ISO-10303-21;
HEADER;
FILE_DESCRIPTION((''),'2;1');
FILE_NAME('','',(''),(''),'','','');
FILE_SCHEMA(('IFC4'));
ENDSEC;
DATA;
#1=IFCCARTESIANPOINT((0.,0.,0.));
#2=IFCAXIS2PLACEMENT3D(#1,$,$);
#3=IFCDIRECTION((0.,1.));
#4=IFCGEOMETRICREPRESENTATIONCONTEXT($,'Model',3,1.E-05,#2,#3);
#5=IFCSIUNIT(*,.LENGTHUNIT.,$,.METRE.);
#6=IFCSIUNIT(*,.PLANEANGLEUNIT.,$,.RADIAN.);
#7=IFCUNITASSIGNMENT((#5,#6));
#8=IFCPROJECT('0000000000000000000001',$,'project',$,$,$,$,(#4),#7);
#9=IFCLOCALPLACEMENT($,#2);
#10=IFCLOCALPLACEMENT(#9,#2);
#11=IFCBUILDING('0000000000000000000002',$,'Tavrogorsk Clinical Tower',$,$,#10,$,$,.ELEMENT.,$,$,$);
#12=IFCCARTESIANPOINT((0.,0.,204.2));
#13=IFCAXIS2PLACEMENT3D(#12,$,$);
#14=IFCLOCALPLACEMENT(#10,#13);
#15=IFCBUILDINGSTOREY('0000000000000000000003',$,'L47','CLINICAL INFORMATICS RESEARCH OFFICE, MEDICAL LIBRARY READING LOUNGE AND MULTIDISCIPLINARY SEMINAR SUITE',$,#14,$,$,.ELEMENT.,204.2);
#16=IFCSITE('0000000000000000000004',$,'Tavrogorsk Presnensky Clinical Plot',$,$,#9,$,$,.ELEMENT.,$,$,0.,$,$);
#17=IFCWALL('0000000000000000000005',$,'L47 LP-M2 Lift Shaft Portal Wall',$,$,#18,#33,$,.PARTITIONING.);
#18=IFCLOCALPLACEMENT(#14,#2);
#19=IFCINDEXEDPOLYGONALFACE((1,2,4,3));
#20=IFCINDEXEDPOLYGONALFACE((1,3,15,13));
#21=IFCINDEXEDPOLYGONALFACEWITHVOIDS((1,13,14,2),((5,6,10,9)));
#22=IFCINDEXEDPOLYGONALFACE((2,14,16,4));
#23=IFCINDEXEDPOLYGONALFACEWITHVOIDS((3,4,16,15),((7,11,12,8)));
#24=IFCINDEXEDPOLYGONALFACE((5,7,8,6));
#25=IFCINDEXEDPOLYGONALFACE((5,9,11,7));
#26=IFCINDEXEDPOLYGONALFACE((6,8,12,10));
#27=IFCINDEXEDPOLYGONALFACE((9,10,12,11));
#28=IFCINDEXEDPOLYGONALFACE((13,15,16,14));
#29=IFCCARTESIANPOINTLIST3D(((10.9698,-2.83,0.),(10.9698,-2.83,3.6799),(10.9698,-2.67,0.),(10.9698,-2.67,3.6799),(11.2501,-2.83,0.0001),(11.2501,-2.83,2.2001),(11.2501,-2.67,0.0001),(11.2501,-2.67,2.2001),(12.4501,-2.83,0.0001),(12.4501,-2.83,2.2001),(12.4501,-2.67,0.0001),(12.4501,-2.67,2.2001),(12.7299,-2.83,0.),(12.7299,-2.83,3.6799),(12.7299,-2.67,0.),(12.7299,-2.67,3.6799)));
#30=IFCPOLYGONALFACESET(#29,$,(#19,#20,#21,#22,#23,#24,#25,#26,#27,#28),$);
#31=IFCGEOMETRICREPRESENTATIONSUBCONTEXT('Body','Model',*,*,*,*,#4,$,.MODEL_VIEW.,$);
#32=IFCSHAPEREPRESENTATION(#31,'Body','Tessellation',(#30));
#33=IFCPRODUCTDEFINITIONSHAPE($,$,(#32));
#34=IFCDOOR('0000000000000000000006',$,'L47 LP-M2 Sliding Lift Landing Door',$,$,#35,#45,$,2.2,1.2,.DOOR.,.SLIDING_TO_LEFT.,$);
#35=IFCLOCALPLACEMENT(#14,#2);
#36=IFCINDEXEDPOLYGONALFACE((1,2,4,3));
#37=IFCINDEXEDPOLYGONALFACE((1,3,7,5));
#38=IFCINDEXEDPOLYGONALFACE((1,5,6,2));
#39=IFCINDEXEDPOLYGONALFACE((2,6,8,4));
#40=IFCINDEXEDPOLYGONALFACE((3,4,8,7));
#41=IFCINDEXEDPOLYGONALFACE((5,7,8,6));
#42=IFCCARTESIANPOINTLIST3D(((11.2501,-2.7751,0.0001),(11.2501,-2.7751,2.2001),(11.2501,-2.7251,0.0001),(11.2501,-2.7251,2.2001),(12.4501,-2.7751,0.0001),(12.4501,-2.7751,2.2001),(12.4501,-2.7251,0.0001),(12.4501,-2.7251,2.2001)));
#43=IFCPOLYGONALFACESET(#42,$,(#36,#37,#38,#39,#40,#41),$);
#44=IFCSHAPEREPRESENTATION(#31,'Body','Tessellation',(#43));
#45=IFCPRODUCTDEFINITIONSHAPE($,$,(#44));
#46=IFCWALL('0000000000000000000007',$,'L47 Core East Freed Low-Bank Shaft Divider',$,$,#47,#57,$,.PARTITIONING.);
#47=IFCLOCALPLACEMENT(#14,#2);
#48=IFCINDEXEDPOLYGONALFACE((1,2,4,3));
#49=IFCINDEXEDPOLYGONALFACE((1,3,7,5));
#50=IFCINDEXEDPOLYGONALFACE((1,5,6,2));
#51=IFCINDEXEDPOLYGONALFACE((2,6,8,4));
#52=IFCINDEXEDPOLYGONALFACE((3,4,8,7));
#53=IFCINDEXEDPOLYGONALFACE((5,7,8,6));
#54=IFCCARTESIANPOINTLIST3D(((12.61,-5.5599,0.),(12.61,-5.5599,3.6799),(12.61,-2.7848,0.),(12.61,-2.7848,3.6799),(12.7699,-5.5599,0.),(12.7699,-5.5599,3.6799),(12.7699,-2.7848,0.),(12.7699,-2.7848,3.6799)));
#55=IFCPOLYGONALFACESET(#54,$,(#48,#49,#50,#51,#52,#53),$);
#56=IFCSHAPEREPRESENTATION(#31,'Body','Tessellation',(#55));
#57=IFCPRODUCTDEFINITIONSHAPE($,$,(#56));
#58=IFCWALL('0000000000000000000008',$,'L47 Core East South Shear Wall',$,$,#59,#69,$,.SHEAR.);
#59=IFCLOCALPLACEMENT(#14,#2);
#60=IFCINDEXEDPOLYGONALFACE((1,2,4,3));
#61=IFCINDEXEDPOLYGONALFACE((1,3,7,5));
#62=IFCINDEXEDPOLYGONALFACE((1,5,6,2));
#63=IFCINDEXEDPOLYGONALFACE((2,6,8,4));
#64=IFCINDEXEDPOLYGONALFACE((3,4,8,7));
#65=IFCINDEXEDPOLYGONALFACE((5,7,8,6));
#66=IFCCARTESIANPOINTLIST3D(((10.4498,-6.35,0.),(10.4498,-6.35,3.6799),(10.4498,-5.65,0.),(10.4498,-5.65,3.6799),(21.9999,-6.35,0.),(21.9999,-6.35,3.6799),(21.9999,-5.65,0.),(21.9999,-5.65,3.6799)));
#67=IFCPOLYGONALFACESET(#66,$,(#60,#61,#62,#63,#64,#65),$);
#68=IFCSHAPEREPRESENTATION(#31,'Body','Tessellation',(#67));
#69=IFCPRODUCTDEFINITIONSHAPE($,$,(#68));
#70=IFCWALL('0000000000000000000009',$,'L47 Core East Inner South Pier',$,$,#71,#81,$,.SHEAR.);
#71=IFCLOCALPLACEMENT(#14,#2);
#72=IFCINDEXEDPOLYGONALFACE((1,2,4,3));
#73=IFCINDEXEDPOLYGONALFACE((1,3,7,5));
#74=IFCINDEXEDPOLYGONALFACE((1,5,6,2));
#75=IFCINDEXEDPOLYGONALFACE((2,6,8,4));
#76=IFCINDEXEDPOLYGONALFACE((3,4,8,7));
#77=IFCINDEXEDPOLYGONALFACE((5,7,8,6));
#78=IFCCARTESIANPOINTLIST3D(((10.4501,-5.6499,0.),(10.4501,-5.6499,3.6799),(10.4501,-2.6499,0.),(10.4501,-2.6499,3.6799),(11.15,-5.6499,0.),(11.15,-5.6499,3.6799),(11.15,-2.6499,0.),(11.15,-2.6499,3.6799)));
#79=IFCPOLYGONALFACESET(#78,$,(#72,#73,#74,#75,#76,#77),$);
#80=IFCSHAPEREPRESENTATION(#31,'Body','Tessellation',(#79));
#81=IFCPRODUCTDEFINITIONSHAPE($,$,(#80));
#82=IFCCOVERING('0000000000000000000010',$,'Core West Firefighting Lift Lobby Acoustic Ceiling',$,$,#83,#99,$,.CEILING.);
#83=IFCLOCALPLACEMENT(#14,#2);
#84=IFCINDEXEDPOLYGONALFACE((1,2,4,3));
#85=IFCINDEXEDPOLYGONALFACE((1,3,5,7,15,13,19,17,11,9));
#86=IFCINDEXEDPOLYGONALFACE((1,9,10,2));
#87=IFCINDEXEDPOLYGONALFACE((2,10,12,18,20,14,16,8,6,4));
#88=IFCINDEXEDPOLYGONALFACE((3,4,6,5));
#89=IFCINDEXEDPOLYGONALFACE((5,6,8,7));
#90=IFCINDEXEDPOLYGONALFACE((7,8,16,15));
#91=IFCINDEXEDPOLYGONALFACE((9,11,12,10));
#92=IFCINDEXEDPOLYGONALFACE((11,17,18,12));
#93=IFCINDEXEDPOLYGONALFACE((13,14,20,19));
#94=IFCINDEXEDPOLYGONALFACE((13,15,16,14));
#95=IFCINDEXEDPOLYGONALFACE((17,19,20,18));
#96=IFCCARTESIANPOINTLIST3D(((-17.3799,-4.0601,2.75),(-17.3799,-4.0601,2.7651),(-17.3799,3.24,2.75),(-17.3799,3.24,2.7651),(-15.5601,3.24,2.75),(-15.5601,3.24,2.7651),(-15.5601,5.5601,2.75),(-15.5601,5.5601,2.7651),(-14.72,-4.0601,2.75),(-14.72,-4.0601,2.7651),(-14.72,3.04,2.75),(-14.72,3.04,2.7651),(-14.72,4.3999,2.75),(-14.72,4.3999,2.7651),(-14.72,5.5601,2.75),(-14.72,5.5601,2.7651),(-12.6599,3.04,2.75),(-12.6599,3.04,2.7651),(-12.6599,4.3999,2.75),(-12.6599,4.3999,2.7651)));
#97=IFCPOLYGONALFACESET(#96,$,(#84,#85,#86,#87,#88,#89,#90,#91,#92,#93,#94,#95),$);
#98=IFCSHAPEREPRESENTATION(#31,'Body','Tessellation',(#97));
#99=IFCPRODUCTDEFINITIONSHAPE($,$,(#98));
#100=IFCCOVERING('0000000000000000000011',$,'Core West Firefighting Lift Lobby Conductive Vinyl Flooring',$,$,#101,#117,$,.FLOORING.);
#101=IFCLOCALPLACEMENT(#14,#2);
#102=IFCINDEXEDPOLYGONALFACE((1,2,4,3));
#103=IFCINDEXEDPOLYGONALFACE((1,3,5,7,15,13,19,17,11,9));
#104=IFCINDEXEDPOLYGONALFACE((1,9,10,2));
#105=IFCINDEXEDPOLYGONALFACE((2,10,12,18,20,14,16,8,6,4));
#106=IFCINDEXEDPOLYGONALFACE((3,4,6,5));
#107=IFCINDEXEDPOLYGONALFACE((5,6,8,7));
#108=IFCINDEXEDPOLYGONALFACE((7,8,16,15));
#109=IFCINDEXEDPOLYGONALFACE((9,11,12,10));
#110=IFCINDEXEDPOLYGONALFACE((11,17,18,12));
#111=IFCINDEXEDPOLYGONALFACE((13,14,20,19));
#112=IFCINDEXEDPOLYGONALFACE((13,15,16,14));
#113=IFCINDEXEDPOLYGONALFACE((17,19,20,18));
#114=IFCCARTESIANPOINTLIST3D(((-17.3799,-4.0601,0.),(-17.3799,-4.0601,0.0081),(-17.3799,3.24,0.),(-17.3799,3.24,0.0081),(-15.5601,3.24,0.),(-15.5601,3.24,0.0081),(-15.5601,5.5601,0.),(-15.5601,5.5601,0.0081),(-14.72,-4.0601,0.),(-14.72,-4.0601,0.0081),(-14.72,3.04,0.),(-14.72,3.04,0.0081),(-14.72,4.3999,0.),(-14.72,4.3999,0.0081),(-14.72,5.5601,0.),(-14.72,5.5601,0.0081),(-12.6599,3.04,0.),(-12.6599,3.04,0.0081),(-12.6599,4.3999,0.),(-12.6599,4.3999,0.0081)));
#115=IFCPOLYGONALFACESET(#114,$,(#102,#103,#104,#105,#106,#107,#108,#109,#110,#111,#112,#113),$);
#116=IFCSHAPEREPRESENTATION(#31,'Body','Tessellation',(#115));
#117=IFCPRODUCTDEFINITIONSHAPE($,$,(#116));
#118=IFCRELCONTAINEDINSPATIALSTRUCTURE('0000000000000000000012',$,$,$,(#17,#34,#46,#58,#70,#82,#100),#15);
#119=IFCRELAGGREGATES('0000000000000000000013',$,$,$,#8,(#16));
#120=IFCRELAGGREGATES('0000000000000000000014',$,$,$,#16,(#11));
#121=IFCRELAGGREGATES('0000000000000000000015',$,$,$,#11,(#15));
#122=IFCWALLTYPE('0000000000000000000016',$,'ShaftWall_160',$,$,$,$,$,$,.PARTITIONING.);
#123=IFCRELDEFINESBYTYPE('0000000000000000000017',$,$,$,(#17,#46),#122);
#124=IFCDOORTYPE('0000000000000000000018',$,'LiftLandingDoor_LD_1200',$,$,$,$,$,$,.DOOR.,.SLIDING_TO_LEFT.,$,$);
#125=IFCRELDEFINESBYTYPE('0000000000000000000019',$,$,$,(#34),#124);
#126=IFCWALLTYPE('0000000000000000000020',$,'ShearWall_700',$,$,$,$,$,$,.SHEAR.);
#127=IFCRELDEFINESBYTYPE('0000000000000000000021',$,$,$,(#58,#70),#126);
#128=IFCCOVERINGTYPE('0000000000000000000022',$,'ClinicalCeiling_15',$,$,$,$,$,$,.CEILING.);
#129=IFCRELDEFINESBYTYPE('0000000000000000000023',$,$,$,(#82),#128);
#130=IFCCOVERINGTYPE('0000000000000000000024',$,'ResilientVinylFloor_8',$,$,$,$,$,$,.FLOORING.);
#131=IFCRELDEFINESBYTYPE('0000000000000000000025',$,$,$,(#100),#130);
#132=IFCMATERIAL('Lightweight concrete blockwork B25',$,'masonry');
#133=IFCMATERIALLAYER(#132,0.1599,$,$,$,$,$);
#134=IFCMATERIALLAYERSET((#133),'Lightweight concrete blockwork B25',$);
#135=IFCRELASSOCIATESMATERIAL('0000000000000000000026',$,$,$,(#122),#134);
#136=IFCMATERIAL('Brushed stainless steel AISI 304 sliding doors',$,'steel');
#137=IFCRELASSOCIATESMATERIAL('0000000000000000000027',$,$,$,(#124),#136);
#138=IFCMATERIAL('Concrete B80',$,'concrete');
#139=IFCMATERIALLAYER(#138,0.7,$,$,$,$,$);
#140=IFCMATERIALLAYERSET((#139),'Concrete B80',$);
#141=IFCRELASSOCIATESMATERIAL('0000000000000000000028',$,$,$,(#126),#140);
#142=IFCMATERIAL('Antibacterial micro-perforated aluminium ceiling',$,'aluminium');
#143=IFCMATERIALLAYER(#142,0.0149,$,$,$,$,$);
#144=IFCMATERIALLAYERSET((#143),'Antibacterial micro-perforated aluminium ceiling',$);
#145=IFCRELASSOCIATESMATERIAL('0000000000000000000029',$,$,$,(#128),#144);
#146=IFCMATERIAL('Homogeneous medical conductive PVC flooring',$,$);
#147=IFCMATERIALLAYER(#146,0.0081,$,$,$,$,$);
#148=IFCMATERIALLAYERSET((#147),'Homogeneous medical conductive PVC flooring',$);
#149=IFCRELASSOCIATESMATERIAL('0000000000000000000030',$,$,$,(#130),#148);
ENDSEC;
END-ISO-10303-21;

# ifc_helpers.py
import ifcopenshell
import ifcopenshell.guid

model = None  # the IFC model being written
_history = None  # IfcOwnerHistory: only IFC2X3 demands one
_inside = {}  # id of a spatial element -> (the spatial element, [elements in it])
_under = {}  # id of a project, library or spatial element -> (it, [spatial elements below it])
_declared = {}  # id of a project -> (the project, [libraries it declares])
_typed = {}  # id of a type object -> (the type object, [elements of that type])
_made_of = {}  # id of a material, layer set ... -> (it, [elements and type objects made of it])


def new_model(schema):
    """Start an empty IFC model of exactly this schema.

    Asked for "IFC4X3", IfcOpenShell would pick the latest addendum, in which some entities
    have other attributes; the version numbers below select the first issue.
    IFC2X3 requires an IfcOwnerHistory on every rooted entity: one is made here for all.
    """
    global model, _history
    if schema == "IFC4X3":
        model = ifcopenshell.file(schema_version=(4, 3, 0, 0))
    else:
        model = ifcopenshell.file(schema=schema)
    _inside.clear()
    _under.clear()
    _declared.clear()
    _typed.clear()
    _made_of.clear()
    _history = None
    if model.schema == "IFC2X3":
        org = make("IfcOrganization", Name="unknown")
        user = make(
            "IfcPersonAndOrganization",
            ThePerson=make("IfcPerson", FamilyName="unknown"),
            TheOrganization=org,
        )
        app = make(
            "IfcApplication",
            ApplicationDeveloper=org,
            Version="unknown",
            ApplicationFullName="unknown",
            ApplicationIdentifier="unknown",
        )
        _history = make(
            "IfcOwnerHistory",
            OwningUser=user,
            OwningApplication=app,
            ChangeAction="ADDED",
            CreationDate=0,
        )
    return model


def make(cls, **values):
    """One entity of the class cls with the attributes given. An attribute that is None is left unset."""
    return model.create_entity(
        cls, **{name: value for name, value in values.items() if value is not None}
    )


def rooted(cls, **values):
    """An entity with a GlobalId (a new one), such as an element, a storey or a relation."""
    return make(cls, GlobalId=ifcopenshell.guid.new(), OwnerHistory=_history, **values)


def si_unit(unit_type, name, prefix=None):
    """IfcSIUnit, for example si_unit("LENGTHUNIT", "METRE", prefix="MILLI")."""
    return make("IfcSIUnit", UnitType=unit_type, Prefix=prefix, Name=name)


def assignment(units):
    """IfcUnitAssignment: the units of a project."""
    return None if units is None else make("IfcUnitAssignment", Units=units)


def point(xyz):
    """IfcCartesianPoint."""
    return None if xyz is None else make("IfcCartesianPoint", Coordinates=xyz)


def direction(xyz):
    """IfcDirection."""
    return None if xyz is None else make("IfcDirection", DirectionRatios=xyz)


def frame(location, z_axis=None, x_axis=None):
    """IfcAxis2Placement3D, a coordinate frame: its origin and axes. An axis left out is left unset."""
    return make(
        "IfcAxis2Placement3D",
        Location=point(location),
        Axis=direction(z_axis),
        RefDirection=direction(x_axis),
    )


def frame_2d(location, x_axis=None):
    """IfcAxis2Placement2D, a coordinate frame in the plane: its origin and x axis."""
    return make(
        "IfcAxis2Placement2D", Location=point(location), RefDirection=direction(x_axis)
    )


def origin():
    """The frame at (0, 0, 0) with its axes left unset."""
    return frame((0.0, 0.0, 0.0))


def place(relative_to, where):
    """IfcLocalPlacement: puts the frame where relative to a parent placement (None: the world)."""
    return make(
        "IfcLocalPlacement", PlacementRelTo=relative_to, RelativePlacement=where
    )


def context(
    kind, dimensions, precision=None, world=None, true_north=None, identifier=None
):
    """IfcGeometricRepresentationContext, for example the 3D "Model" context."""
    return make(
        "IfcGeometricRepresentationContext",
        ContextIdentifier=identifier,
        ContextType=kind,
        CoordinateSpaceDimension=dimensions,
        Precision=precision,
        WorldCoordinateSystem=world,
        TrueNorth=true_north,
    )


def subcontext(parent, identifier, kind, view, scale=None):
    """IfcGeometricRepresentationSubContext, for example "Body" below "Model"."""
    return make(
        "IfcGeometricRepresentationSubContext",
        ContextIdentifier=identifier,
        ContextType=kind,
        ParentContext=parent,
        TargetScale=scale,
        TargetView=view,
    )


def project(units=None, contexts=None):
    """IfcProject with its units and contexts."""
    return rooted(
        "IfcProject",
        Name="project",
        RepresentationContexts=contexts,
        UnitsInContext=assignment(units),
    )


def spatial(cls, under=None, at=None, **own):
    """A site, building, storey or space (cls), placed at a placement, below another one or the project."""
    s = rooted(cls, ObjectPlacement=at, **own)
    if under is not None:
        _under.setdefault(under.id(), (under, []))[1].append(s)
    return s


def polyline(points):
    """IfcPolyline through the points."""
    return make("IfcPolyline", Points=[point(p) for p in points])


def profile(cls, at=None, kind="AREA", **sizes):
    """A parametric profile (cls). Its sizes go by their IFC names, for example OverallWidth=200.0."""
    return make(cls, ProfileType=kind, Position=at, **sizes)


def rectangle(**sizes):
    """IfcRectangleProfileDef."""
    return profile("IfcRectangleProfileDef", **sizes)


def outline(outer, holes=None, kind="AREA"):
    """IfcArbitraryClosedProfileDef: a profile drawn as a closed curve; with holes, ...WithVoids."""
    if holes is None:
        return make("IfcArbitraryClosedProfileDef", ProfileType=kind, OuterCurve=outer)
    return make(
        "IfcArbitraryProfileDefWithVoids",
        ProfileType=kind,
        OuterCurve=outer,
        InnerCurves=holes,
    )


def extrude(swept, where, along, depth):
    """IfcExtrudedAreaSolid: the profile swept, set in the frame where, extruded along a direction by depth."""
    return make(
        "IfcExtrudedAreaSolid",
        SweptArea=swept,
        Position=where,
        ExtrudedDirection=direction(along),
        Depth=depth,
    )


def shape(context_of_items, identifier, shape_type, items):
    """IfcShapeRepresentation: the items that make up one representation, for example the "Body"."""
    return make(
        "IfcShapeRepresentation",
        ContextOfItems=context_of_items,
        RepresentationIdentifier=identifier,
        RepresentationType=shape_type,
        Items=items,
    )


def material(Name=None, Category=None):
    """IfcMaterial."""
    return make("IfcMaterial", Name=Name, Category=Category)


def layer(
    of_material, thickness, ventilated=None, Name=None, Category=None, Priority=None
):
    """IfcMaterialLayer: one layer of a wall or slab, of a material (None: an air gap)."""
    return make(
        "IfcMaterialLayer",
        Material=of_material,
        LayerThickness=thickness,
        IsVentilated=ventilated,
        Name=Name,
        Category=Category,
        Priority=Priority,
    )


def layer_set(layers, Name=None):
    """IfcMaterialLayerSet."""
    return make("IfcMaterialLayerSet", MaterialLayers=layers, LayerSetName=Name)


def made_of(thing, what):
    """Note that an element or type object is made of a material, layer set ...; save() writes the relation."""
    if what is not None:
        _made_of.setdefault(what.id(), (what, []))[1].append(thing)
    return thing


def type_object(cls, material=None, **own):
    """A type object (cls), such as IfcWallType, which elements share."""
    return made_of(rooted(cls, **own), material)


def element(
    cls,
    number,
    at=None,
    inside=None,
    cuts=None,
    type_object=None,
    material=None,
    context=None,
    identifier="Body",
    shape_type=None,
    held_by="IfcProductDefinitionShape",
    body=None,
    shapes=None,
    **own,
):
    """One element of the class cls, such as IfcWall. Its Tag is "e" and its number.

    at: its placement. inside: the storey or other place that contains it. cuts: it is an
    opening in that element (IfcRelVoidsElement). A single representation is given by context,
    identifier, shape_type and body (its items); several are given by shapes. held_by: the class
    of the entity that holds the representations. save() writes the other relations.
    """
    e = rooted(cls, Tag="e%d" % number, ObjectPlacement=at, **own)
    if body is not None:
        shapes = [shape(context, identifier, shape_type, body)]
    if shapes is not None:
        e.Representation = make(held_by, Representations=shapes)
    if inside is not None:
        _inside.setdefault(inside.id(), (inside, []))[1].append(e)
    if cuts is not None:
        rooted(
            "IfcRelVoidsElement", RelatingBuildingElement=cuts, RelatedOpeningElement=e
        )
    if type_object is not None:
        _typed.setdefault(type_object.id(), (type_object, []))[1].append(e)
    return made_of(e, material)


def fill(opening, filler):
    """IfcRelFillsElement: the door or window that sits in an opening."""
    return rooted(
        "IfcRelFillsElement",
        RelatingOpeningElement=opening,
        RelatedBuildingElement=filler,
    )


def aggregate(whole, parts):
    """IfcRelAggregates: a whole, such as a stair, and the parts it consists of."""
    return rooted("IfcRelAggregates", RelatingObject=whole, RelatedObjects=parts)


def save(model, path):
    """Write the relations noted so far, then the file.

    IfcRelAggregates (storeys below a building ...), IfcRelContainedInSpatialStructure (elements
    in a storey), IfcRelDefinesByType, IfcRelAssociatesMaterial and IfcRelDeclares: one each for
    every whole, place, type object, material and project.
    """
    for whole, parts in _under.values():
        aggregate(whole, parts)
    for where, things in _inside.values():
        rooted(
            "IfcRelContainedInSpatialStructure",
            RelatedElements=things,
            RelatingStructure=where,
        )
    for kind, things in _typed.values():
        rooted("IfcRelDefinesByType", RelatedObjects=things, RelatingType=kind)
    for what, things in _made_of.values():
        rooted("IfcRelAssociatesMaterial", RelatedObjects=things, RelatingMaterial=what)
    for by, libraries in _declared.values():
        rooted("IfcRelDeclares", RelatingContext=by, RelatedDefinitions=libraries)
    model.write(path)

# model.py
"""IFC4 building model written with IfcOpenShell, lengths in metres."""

from ifc_helpers import new_model, si_unit, direction, frame, frame_2d, origin, place, context, subcontext, project, spatial, polyline, rectangle, outline, extrude, material, layer, layer_set, type_object, element, fill, save


model = new_model("IFC4")

# Units and contexts
model_context = context("Model", 3, precision=1e-05, world=origin(), true_north=direction((0.0, 1.0)))
body_context = subcontext(model_context, "Body", "Model", "MODEL_VIEW")
ifc_project = project(units=[si_unit("LENGTHUNIT", "METRE"), si_unit("PLANEANGLEUNIT", "RADIAN")], contexts=[model_context])

# Site, building, storey
site_placement = place(None, origin())
site = spatial("IfcSite", under=ifc_project, at=site_placement, Name="Tavrogorsk Presnensky Clinical Plot", CompositionType="ELEMENT", RefElevation=0.0)
building_placement = place(site_placement, origin())
building = spatial("IfcBuilding", under=site, at=building_placement, Name="Tavrogorsk Clinical Tower", CompositionType="ELEMENT")
storey_placement = place(building_placement, frame((0.0, 0.0, 204.2)))
storey = spatial("IfcBuildingStorey", under=building, at=storey_placement, Name="L47", Description="CLINICAL INFORMATICS RESEARCH OFFICE, MEDICAL LIBRARY READING LOUNGE AND MULTIDISCIPLINARY SEMINAR SUITE", CompositionType="ELEMENT", Elevation=204.2)

# Wall, opening, door
ifc_material_1 = material(Name="Lightweight concrete blockwork B25", Category="masonry")
ifc_layer_1 = layer(ifc_material_1, 0.1599)
ifc_layer_set_1 = layer_set([ifc_layer_1], Name="Lightweight concrete blockwork B25")
wall_type_1 = type_object("IfcWallType", Name="ShaftWall_160", PredefinedType="PARTITIONING", material=ifc_layer_set_1)
wall_1_placement = place(storey_placement, frame((10.97, -2.75, 0.0), z_axis=(0.0, 0.0, 1.0), x_axis=(1.0, 0.0, 0.0)))
wall_1 = element("IfcWall", 1, at=wall_1_placement, inside=storey, type_object=wall_type_1, Name="L47 LP-M2 Lift Shaft Portal Wall", PredefinedType="PARTITIONING", context=body_context, shape_type="SweptSolid", body=[
    extrude(rectangle(XDim=1.76, YDim=0.1599, at=frame_2d((0.8799, 0.0))), origin(), (0.0, 0.0, 1.0), 3.6799),
])
opening_1_placement = place(wall_1_placement, frame((0.28, 0.0, 0.0)))
opening_1 = element("IfcOpeningElement", 2, at=opening_1_placement, cuts=wall_1, PredefinedType="OPENING", context=body_context, shape_type="SweptSolid", body=[
    extrude(rectangle(XDim=1.2, YDim=2.2, at=frame_2d((0.6001, 1.1001))), frame((0.0, 0.0898, 0.0), z_axis=(0.0, -1.0, 0.0), x_axis=(1.0, 0.0, 0.0)), (0.0, 0.0, 1.0), 0.1799),
])
ifc_material_2 = material(Name="Brushed stainless steel AISI 304 sliding doors", Category="steel")
door_type_1 = type_object("IfcDoorType", Name="LiftLandingDoor_LD_1200", OperationType="SLIDING_TO_LEFT", PredefinedType="DOOR", material=ifc_material_2)
door_1_placement = place(opening_1_placement, origin())
door_1 = element("IfcDoor", 3, at=door_1_placement, inside=storey, type_object=door_type_1, Name="L47 LP-M2 Sliding Lift Landing Door", OperationType="SLIDING_TO_LEFT", OverallHeight=2.2, OverallWidth=1.2, PredefinedType="DOOR", context=body_context, shape_type="SweptSolid", body=[
    extrude(rectangle(XDim=1.2, YDim=2.2, at=frame_2d((0.6001, 1.1001))), frame((0.0, 0.0249, 0.0), z_axis=(0.0, -1.0, 0.0), x_axis=(1.0, 0.0, 0.0)), (0.0, 0.0, 1.0), 0.05),
])
fill(opening_1, door_1)

# Walls
wall_2_placement = place(storey_placement, frame((12.6899, -5.5601, 0.0), z_axis=(0.0, 0.0, 1.0), x_axis=(0.0, 1.0, 0.0)))
element("IfcWall", 4, at=wall_2_placement, inside=storey, type_object=wall_type_1, Name="L47 Core East Freed Low-Bank Shaft Divider", PredefinedType="PARTITIONING", context=body_context, shape_type="SweptSolid", body=[
    extrude(rectangle(XDim=2.7751, YDim=0.1599, at=frame_2d((1.3877, 0.0))), origin(), (0.0, 0.0, 1.0), 3.6799),
])
ifc_material_3 = material(Name="Concrete B80", Category="concrete")
ifc_layer_2 = layer(ifc_material_3, 0.7)
ifc_layer_set_2 = layer_set([ifc_layer_2], Name="Concrete B80")
wall_type_2 = type_object("IfcWallType", Name="ShearWall_700", PredefinedType="SHEAR", material=ifc_layer_set_2)
wall_3_placement = place(storey_placement, frame((10.45, -6.0, 0.0), z_axis=(0.0, 0.0, 1.0), x_axis=(1.0, 0.0, 0.0)))
element("IfcWall", 5, at=wall_3_placement, inside=storey, type_object=wall_type_2, Name="L47 Core East South Shear Wall", PredefinedType="SHEAR", context=body_context, shape_type="SweptSolid", body=[
    extrude(rectangle(XDim=11.55, YDim=0.7, at=frame_2d((5.7749, 0.0))), origin(), (0.0, 0.0, 1.0), 3.6799),
])
wall_4_placement = place(storey_placement, frame((10.8, -5.6499, 0.0), z_axis=(0.0, 0.0, 1.0), x_axis=(0.0, 1.0, 0.0)))
element("IfcWall", 6, at=wall_4_placement, inside=storey, type_object=wall_type_2, Name="L47 Core East Inner South Pier", PredefinedType="SHEAR", context=body_context, shape_type="SweptSolid", body=[
    extrude(rectangle(XDim=3.0, YDim=0.7, at=frame_2d((1.5, 0.0))), origin(), (0.0, 0.0, 1.0), 3.6799),
])

# Coverings
ifc_material_4 = material(Name="Antibacterial micro-perforated aluminium ceiling", Category="aluminium")
ifc_layer_3 = layer(ifc_material_4, 0.0149)
ifc_layer_set_3 = layer_set([ifc_layer_3], Name="Antibacterial micro-perforated aluminium ceiling")
covering_type_1 = type_object("IfcCoveringType", Name="ClinicalCeiling_15", PredefinedType="CEILING", material=ifc_layer_set_3)
covering_1_placement = place(storey_placement, frame((0.0, 0.0, 2.75)))
element("IfcCovering", 7, at=covering_1_placement, inside=storey, type_object=covering_type_1, Name="Core West Firefighting Lift Lobby Acoustic Ceiling", PredefinedType="CEILING", context=body_context, shape_type="SweptSolid", body=[
    extrude(outline(polyline([(-17.3799, -4.0601), (-17.3799, 3.24), (-15.5601, 3.24), (-15.5601, 5.5601), (-14.72, 5.5601), (-14.72, 4.3999), (-12.6599, 4.3999), (-12.6599, 3.04), (-14.72, 3.04), (-14.72, -4.0601), (-17.3799, -4.0601)])), origin(), (0.0, 0.0, 1.0), 0.0151),
])
ifc_material_5 = material(Name="Homogeneous medical conductive PVC flooring")
ifc_layer_4 = layer(ifc_material_5, 0.0081)
ifc_layer_set_4 = layer_set([ifc_layer_4], Name="Homogeneous medical conductive PVC flooring")
covering_type_2 = type_object("IfcCoveringType", Name="ResilientVinylFloor_8", PredefinedType="FLOORING", material=ifc_layer_set_4)
covering_2_placement = place(storey_placement, origin())
element("IfcCovering", 8, at=covering_2_placement, inside=storey, type_object=covering_type_2, Name="Core West Firefighting Lift Lobby Conductive Vinyl Flooring", PredefinedType="FLOORING", context=body_context, shape_type="SweptSolid", body=[
    extrude(outline(polyline([(-17.3799, -4.0601), (-17.3799, 3.24), (-15.5601, 3.24), (-15.5601, 5.5601), (-14.72, 5.5601), (-14.72, 4.3999), (-12.6599, 4.3999), (-12.6599, 3.04), (-14.72, 3.04), (-14.72, -4.0601), (-17.3799, -4.0601)])), origin(), (0.0, 0.0, 1.0), 0.0081),
])

save(model, "model.ifc")
